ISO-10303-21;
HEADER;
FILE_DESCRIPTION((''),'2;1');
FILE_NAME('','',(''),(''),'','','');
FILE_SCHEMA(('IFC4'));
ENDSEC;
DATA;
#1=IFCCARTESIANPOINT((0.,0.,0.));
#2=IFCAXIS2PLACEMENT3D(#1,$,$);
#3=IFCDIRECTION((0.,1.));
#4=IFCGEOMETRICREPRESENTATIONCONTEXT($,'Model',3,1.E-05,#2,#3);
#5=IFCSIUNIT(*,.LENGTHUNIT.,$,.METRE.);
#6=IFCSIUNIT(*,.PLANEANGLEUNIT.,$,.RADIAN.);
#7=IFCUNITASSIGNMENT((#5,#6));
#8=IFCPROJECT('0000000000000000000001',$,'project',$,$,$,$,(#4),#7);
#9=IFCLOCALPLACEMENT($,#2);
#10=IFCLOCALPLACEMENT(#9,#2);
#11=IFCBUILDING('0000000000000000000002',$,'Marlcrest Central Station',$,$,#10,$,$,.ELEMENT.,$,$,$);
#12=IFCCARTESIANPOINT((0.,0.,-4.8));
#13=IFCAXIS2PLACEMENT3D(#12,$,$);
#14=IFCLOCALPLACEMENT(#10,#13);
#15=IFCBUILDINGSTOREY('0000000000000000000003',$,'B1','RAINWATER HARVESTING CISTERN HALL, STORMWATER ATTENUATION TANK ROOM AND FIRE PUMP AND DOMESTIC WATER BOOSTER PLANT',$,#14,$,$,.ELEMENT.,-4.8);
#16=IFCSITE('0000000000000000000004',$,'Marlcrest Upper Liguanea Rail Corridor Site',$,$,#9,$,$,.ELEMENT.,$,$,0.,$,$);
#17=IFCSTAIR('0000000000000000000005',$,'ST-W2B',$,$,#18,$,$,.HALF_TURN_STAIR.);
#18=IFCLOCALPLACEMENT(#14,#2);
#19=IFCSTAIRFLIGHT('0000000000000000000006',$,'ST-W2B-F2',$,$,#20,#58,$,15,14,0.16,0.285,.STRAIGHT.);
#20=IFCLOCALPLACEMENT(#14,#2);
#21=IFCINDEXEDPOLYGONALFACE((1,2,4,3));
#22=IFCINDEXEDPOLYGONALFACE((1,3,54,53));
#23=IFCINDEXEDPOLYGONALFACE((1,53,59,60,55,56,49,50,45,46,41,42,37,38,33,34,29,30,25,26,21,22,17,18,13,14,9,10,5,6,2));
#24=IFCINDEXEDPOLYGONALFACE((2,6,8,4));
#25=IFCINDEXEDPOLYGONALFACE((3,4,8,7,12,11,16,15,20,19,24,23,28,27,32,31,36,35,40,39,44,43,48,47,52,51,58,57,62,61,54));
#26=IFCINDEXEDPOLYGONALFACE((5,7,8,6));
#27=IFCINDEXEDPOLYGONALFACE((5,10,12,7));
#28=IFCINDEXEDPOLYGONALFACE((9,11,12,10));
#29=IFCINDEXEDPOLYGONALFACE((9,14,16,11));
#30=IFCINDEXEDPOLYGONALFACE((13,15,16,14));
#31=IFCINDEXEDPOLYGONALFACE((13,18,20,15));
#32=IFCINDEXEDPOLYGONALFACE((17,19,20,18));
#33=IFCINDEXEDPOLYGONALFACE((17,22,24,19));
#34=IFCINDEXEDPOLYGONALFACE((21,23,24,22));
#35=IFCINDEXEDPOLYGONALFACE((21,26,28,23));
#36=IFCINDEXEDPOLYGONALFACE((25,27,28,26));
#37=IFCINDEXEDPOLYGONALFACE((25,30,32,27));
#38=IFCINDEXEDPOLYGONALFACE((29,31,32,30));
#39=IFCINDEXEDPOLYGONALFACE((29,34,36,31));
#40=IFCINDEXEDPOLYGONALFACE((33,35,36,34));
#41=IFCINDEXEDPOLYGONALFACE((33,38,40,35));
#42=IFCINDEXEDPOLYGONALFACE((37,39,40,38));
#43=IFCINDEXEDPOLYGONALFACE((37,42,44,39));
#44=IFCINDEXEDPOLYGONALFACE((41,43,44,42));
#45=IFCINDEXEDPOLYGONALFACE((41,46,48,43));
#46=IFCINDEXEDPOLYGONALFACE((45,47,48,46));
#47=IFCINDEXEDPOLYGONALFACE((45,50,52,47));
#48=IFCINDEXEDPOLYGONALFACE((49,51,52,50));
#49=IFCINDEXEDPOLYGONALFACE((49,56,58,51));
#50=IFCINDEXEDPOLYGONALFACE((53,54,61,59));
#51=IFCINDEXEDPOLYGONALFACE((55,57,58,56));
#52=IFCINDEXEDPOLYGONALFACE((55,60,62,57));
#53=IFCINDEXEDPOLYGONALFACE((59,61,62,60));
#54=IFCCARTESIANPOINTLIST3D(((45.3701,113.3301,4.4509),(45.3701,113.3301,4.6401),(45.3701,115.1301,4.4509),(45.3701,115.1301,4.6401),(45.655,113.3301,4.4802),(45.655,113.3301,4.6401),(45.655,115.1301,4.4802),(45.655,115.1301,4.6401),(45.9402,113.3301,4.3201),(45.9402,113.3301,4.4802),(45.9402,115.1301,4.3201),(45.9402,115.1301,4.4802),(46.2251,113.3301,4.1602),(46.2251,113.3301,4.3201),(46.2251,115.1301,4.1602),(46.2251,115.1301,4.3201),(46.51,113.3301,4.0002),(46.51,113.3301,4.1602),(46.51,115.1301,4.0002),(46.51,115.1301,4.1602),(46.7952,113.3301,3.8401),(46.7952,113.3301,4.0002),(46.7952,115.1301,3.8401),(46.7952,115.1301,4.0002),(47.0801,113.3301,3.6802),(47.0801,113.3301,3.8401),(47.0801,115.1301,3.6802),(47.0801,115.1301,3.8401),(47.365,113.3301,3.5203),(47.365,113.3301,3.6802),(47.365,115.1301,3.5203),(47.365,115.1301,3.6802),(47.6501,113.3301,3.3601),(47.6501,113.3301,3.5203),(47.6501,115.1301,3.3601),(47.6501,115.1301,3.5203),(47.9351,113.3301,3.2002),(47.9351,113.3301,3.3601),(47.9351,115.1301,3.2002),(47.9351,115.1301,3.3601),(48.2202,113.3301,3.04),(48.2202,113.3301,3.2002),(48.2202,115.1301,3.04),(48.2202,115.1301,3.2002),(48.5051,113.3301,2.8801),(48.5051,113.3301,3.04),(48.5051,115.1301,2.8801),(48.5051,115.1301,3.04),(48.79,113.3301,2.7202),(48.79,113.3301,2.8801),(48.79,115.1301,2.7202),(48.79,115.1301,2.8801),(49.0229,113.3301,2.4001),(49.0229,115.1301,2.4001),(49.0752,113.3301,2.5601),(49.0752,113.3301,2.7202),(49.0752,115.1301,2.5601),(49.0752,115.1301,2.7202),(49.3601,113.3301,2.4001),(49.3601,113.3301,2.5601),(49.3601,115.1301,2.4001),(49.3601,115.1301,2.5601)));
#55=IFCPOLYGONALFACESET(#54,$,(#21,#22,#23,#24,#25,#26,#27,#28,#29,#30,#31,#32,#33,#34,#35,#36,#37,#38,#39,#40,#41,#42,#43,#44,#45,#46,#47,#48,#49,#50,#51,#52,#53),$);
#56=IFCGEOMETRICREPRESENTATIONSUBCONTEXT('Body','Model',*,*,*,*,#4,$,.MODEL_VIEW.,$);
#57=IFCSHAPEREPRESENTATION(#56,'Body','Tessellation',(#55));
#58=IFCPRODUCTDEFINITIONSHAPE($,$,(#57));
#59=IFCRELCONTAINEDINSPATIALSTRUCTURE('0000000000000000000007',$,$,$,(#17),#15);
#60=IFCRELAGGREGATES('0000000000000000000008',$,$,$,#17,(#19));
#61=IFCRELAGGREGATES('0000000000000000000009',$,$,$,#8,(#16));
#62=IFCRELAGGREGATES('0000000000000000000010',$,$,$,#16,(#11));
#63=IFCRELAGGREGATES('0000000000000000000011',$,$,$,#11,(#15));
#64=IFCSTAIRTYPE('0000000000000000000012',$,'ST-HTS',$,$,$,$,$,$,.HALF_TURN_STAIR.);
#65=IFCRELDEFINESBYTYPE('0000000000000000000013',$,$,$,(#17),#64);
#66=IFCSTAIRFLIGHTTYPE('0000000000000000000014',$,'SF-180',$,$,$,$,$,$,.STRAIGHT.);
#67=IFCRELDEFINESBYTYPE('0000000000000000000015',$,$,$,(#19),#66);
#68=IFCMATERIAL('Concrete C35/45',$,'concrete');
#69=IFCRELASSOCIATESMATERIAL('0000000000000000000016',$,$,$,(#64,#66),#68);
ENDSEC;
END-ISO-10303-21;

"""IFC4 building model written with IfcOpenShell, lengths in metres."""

from ifc_helpers import new_model, si_unit, direction, frame, origin, place, context, subcontext, project, spatial, polyline, outline, extrude, material, type_object, element, aggregate, save


model = new_model("IFC4")

# Units and contexts
model_context = context("Model", 3, precision=1e-05, world=origin(), true_north=direction((0.0, 1.0)))
body_context = subcontext(model_context, "Body", "Model", "MODEL_VIEW")
ifc_project = project(units=[si_unit("LENGTHUNIT", "METRE"), si_unit("PLANEANGLEUNIT", "RADIAN")], contexts=[model_context])

# Site, building, storey
site_placement = place(None, origin())
site = spatial("IfcSite", under=ifc_project, at=site_placement, Name="Marlcrest Upper Liguanea Rail Corridor Site", CompositionType="ELEMENT", RefElevation=0.0)
building_placement = place(site_placement, origin())
building = spatial("IfcBuilding", under=site, at=building_placement, Name="Marlcrest Central Station", CompositionType="ELEMENT")
storey_placement = place(building_placement, frame((0.0, 0.0, -4.8)))
storey = spatial("IfcBuildingStorey", under=building, at=storey_placement, Name="B1", Description="RAINWATER HARVESTING CISTERN HALL, STORMWATER ATTENUATION TANK ROOM AND FIRE PUMP AND DOMESTIC WATER BOOSTER PLANT", CompositionType="ELEMENT", Elevation=-4.8)

# Shared definitions
ifc_material_1 = material(Name="Concrete C35/45", Category="concrete")

# Stair, stair flight
stair_type = type_object("IfcStairType", Name="ST-HTS", PredefinedType="HALF_TURN_STAIR", material=ifc_material_1)
stair_placement = place(storey_placement, origin())
stair = element("IfcStair", 1, at=stair_placement, inside=storey, type_object=stair_type, Name="ST-W2B", PredefinedType="HALF_TURN_STAIR")
stair_flight_type = type_object("IfcStairFlightType", Name="SF-180", PredefinedType="STRAIGHT", material=ifc_material_1)
stair_flight_placement = place(storey_placement, frame((49.3601, 114.23, 2.4001), z_axis=(0.0, 0.0, 1.0), x_axis=(-1.0, 0.0, 0.0)))
stair_flight = element("IfcStairFlight", 2, at=stair_flight_placement, type_object=stair_flight_type, Name="ST-W2B-F2", NumberOfRisers=15, NumberOfTreads=14, PredefinedType="STRAIGHT", RiserHeight=0.16, TreadLength=0.285, context=body_context, shape_type="SweptSolid", body=[
    extrude(outline(polyline([(0.0, 0.0), (0.0, 0.1599), (0.2849, 0.1599), (0.2849, 0.3201), (0.5701, 0.3201), (0.5701, 0.48), (0.855, 0.48), (0.855, 0.6399), (1.1399, 0.6399), (1.1399, 0.8), (1.425, 0.8), (1.425, 0.96), (1.71, 0.96), (1.71, 1.1201), (1.9951, 1.1201), (1.9951, 1.28), (2.28, 1.28), (2.28, 1.4399), (2.5649, 1.4399), (2.5649, 1.6001), (2.8501, 1.6001), (2.8501, 1.76), (3.135, 1.76), (3.135, 1.9199), (3.4199, 1.9199), (3.4199, 2.0801), (3.7051, 2.0801), (3.7051, 2.24), (3.99, 2.24), (3.99, 2.3999), (3.99, 2.0508), (0.3372, 0.0), (0.0, 0.0)])), frame((0.0, 0.8999, 0.0), z_axis=(0.0, -1.0, 0.0), x_axis=(1.0, 0.0, 0.0)), (0.0, 0.0, 1.0), 1.8),
])
aggregate(stair, [stair_flight])

save(model, "model.ifc")
